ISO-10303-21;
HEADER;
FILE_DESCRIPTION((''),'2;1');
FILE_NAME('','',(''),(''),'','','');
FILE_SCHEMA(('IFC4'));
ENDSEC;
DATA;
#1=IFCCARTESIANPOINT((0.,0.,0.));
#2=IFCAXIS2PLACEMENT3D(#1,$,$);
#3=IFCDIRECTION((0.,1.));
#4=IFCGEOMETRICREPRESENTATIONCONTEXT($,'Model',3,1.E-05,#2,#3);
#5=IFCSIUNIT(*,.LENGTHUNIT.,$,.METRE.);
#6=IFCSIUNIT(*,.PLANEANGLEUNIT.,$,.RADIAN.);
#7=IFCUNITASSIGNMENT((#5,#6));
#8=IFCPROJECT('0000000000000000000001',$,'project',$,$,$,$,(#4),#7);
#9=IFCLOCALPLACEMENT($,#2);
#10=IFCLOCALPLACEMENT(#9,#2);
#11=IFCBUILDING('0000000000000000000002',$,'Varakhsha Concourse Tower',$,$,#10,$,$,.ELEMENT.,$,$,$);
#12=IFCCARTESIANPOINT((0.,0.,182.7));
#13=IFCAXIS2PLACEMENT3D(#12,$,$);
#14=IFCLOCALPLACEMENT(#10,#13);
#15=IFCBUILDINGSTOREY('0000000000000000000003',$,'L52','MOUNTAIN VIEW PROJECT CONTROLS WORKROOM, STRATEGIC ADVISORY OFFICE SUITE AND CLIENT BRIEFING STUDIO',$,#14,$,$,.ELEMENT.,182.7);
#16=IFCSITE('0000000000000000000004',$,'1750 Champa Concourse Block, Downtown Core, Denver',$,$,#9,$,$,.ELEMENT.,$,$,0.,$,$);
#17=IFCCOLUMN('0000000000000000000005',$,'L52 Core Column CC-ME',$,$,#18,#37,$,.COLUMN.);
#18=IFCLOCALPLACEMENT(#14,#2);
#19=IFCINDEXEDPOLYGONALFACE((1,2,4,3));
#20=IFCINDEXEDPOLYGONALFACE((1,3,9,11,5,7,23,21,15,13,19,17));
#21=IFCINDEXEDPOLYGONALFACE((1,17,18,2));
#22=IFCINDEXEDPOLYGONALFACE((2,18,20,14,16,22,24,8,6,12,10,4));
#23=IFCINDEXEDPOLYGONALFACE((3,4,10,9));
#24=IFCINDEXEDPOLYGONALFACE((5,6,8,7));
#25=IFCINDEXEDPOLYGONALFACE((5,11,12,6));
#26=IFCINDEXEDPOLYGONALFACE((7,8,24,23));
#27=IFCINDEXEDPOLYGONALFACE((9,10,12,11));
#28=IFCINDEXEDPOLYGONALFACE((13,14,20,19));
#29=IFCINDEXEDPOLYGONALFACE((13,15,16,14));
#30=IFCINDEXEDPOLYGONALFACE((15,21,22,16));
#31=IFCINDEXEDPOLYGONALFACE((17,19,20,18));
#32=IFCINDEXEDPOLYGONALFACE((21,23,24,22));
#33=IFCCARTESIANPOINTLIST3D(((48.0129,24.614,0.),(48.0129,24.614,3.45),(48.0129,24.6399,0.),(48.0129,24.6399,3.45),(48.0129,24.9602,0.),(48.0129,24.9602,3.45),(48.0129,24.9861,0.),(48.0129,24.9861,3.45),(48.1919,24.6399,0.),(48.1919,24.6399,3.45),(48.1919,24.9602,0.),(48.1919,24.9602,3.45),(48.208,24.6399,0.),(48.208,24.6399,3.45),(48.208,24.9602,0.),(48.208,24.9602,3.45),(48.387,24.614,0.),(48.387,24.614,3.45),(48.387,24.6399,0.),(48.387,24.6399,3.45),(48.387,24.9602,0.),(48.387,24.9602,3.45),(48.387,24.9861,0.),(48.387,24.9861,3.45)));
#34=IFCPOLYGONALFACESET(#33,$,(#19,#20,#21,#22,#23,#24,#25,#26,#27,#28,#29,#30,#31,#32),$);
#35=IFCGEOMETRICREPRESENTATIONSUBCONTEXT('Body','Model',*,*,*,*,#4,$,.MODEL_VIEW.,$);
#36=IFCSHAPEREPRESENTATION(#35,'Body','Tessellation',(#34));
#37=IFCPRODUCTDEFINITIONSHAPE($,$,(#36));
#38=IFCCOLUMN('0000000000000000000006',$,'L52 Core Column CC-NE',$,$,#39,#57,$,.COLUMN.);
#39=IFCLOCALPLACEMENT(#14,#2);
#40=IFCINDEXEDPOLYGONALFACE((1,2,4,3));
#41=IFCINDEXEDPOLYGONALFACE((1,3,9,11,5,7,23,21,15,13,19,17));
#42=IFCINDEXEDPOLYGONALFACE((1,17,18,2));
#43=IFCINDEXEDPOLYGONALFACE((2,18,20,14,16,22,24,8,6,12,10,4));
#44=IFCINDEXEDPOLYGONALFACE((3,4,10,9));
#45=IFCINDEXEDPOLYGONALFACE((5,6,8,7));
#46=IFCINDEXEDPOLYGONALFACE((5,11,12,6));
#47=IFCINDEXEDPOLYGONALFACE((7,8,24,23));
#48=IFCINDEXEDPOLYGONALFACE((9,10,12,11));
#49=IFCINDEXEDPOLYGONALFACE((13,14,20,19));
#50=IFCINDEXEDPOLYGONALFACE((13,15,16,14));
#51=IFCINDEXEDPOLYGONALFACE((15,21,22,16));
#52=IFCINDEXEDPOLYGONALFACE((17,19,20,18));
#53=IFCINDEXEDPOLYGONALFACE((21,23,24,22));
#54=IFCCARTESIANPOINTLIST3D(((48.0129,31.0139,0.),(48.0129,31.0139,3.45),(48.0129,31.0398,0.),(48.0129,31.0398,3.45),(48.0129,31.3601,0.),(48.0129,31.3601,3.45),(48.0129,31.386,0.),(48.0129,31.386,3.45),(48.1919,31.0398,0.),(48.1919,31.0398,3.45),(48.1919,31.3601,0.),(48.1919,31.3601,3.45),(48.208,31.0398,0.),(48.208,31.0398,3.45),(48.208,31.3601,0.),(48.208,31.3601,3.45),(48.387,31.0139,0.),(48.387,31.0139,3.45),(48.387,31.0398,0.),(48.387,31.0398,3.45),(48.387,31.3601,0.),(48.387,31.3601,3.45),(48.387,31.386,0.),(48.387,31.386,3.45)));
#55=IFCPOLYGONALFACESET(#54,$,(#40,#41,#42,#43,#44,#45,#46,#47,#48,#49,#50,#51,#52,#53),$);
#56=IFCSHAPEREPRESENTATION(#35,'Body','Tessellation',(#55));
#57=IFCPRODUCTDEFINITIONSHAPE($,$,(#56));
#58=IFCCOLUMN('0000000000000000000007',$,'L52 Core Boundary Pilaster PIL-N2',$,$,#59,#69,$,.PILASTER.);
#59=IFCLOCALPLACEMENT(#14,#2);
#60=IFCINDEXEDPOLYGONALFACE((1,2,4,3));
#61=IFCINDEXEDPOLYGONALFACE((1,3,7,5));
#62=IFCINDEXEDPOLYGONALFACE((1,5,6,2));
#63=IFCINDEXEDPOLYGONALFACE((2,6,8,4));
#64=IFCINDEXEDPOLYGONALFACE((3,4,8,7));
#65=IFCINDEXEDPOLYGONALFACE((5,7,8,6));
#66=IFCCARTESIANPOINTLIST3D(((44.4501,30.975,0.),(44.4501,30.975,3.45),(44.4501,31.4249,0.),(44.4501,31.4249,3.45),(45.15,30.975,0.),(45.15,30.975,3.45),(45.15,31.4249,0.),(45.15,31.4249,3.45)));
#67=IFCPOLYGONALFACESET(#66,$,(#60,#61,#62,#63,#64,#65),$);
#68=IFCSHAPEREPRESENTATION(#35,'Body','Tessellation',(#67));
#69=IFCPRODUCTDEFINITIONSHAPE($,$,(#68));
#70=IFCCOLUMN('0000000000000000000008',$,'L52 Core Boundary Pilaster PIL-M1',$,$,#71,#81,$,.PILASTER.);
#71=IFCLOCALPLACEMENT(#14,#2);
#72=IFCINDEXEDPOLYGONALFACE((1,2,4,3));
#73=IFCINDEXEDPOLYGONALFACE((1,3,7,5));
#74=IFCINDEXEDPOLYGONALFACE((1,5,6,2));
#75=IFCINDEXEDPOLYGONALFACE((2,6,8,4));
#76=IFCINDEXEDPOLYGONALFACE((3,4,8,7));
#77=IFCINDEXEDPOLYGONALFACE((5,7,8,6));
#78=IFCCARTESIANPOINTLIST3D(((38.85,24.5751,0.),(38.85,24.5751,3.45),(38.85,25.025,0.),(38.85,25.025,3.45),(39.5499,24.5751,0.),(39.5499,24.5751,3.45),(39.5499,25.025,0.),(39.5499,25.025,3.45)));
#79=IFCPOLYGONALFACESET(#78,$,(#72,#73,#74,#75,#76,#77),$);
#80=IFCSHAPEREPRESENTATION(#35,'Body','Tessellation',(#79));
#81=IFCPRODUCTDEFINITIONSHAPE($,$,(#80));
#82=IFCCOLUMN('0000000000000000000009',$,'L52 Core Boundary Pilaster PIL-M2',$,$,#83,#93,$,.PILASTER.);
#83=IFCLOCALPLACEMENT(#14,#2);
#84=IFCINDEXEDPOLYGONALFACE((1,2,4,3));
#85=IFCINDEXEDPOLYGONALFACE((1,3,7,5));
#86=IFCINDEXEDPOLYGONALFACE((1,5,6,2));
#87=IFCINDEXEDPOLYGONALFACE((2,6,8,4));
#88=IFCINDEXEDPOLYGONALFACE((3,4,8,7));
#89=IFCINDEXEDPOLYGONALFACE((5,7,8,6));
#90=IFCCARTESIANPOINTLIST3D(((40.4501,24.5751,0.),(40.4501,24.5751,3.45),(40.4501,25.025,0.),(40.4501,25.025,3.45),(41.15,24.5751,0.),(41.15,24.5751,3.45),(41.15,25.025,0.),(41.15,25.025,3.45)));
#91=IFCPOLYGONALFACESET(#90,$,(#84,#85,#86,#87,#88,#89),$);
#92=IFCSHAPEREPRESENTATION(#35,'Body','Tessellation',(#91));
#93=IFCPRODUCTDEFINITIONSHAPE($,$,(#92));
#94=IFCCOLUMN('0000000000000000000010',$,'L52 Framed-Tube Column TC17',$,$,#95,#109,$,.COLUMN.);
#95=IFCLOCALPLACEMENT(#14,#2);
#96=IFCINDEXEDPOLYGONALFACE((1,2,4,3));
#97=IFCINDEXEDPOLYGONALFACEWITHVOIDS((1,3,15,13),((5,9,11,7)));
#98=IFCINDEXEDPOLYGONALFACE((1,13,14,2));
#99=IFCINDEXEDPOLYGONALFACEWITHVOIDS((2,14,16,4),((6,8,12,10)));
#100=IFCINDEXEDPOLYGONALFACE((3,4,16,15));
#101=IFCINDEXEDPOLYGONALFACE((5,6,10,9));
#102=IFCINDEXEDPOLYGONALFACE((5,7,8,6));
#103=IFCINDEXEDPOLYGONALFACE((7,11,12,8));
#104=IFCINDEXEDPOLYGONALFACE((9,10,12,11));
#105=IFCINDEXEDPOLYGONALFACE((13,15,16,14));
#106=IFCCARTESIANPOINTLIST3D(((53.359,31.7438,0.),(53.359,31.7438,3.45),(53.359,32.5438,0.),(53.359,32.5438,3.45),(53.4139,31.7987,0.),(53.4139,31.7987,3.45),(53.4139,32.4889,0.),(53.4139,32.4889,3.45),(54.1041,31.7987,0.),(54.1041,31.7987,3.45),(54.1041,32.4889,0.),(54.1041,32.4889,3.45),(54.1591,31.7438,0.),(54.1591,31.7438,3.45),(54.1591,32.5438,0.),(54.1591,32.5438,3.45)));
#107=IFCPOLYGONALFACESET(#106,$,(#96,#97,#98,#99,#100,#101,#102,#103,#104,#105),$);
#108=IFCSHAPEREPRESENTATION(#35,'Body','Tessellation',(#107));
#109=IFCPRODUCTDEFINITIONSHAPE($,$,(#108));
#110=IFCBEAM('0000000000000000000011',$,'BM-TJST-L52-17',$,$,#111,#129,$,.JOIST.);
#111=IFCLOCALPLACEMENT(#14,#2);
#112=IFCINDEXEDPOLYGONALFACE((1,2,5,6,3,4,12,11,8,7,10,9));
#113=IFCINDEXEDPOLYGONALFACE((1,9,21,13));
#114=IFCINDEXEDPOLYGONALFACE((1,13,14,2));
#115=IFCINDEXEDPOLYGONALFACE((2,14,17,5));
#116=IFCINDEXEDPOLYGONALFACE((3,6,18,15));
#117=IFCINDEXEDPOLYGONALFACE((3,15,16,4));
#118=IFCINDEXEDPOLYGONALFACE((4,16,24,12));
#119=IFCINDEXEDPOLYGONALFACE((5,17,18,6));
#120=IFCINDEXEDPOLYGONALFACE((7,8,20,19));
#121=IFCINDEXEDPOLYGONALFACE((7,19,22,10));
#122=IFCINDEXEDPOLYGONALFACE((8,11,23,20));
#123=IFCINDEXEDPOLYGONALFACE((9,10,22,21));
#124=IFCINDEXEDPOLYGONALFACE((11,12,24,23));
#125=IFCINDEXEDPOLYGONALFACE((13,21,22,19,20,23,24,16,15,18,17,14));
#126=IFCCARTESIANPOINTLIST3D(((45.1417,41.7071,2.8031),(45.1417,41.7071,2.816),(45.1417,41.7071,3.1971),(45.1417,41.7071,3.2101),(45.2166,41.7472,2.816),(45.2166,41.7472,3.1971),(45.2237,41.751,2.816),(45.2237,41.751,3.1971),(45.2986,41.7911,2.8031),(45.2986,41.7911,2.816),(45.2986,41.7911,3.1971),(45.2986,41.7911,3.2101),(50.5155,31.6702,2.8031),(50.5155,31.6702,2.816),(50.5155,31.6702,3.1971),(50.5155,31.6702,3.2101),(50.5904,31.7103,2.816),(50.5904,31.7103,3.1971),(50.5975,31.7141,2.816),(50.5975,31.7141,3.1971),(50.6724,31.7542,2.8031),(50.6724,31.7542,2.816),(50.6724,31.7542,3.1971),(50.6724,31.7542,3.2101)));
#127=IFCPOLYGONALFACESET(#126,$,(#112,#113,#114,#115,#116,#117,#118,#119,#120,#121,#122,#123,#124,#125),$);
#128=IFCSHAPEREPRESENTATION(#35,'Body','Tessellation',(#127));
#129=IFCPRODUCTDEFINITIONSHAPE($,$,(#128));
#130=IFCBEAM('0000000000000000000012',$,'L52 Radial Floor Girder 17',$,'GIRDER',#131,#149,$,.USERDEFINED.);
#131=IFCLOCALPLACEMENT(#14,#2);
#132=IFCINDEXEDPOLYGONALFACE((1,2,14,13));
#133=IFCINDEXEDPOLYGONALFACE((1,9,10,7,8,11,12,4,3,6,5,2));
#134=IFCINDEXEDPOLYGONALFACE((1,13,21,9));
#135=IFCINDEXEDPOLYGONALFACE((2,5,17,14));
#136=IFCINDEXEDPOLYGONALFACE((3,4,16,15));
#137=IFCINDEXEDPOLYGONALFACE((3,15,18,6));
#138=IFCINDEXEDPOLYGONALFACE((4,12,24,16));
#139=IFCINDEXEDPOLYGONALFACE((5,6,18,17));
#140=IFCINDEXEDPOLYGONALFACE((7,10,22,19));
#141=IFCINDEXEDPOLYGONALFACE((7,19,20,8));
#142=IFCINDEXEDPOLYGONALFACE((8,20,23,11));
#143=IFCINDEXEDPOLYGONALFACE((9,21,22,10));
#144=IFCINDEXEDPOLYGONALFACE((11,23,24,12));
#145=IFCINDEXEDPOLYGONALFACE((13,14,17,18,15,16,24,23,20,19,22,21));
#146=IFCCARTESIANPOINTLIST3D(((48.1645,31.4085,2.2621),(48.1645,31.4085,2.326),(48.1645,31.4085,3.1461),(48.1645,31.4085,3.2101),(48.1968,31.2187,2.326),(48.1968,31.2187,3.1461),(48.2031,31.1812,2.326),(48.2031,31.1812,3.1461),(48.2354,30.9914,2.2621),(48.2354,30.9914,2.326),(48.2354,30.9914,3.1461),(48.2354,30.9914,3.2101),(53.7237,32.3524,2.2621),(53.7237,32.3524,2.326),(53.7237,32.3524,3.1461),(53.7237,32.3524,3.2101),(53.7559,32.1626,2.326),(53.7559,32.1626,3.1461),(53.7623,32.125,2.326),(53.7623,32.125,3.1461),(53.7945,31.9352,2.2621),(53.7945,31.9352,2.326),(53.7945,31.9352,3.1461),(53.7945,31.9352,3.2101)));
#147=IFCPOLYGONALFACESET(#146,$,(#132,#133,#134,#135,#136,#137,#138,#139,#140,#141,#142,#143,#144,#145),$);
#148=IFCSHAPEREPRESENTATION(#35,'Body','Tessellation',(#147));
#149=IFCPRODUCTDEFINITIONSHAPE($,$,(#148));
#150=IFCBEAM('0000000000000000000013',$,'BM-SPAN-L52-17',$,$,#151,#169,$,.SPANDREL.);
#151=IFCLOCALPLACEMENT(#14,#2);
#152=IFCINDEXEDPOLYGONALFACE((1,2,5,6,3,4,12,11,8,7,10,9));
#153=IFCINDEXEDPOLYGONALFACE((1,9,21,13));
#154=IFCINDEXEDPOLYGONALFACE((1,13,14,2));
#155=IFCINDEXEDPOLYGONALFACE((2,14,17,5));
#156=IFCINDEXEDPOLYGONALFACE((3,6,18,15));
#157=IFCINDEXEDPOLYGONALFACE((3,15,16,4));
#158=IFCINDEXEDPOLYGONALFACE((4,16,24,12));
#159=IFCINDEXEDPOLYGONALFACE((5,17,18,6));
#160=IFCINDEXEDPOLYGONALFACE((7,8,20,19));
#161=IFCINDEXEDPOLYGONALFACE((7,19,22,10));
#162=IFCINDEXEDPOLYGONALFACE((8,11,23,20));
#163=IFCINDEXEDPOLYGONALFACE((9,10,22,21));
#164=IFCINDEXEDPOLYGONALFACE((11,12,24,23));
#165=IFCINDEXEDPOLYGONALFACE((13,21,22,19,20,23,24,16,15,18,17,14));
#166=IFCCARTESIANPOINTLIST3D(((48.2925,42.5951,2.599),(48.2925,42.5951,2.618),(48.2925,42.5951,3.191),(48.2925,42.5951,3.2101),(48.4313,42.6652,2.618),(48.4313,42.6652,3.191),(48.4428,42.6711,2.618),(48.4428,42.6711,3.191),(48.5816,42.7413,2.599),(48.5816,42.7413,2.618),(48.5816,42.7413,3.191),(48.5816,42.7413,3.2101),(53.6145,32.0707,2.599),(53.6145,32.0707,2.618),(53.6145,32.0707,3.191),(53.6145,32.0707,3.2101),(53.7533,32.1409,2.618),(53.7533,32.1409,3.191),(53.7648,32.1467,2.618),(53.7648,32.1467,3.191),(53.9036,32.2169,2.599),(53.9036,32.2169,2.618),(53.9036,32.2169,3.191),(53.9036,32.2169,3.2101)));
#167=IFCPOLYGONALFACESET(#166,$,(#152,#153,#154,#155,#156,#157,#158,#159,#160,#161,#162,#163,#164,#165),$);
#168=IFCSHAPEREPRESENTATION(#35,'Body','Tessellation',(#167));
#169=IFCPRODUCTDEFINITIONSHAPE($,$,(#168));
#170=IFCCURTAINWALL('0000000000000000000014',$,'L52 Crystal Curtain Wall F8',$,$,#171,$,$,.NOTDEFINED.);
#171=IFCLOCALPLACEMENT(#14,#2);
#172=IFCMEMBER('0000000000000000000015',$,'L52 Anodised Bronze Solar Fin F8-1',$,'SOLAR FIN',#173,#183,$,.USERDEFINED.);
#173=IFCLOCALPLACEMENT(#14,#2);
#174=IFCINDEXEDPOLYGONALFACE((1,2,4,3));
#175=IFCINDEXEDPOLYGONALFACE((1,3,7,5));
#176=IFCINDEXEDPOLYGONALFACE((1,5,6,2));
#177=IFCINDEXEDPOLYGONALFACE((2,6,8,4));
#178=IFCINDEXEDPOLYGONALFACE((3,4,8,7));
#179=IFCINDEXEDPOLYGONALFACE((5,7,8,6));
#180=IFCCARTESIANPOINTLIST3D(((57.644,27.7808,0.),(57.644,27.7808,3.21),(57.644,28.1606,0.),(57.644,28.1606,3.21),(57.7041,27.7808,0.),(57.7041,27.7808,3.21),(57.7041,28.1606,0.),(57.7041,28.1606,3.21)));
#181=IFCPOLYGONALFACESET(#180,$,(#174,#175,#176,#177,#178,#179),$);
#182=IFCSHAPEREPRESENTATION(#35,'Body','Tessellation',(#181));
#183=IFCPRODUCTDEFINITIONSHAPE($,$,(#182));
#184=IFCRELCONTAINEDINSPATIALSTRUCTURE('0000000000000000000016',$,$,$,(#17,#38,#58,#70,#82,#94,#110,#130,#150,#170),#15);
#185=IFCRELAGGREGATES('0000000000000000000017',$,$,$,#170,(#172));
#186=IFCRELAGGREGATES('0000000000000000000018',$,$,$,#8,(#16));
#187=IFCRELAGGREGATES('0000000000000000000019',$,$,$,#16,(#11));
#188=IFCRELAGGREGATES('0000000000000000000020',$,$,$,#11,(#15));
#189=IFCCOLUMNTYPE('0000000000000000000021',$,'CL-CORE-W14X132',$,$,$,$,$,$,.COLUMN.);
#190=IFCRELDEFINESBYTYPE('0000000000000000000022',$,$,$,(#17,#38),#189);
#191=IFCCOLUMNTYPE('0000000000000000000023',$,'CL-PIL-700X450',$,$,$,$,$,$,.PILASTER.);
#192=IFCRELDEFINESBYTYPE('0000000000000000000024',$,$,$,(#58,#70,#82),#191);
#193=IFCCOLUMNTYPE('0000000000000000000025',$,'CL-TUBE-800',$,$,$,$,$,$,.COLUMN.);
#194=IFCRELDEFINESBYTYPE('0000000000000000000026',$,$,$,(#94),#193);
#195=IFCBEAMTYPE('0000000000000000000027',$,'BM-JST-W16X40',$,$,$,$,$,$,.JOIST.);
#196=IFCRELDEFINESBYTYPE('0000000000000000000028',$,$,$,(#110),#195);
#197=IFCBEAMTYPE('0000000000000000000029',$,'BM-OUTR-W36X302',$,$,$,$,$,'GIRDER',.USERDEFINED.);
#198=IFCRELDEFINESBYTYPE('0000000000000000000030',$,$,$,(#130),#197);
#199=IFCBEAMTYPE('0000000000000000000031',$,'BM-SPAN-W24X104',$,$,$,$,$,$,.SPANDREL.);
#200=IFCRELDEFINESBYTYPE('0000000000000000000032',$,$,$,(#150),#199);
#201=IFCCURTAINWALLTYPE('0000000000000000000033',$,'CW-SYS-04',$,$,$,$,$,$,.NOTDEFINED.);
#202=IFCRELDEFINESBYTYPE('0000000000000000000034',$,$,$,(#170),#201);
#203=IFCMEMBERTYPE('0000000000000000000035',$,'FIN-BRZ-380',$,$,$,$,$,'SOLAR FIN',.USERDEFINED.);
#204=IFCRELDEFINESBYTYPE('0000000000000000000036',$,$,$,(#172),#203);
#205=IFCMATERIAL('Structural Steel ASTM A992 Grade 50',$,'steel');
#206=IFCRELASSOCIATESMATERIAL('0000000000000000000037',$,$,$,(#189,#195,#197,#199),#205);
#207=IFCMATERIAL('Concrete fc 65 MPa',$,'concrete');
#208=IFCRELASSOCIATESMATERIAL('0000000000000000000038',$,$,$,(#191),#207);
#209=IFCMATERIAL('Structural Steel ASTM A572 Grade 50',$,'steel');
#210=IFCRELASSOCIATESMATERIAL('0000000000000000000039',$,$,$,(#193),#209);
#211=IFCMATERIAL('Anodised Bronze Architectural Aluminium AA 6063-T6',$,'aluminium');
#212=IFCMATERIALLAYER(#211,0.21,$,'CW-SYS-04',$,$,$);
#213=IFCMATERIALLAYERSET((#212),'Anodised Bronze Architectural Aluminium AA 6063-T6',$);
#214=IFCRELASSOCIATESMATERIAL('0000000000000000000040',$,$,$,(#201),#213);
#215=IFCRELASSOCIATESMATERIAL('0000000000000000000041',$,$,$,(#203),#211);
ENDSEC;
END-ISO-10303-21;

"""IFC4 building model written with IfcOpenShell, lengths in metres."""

from ifc_helpers import new_model, si_unit, direction, frame, origin, origin_2d, place, context, subcontext, project, spatial, rectangle, hollow_rectangle, i_section, extrude, source, transform, mapped, material, layer, layer_set, material_profile, profile_set, type_object, type_shapes, element, aggregate, save


model = new_model("IFC4")

# Units and contexts
model_context = context("Model", 3, precision=1e-05, world=origin(), true_north=direction((0.0, 1.0)))
body_context = subcontext(model_context, "Body", "Model", "MODEL_VIEW")
ifc_project = project(units=[si_unit("LENGTHUNIT", "METRE"), si_unit("PLANEANGLEUNIT", "RADIAN")], contexts=[model_context])

# Site, building, storey
site_placement = place(None, origin())
site = spatial("IfcSite", under=ifc_project, at=site_placement, Name="1750 Champa Concourse Block, Downtown Core, Denver", CompositionType="ELEMENT", RefElevation=0.0)
building_placement = place(site_placement, origin())
building = spatial("IfcBuilding", under=site, at=building_placement, Name="Varakhsha Concourse Tower", CompositionType="ELEMENT")
storey_placement = place(building_placement, frame((0.0, 0.0, 182.7)))
storey = spatial("IfcBuildingStorey", under=building, at=storey_placement, Name="L52", Description="MOUNTAIN VIEW PROJECT CONTROLS WORKROOM, STRATEGIC ADVISORY OFFICE SUITE AND CLIENT BRIEFING STUDIO", CompositionType="ELEMENT", Elevation=182.7)

# Columns
ifc_material_1 = material(Name="Structural Steel ASTM A992 Grade 50", Category="steel")
ifc_material_profile_1 = material_profile(ifc_material_1, i_section(OverallWidth=0.374, OverallDepth=0.3721, WebThickness=0.0161, FlangeThickness=0.0259, at=origin_2d()), Name="W14X132")
ifc_profile_set_1 = profile_set([ifc_material_profile_1], Name="Structural Steel ASTM A992 Grade 50")
column_type_1 = type_object("IfcColumnType", Name="CL-CORE-W14X132", PredefinedType="COLUMN", material=ifc_profile_set_1)
for number, where, z_axis, x_axis, name in (
    (1, (48.2, 24.8, 0.0), (0.0, 0.0, 1.0), (1.0, 0.0, 0.0), "L52 Core Column CC-ME"),
    (2, (48.2, 31.2, 0.0), (0.0, 0.0, 1.0), (1.0, 0.0, 0.0), "L52 Core Column CC-NE"),
):
    element("IfcColumn", number, at=place(storey_placement, frame(where, z_axis=z_axis, x_axis=x_axis)), inside=storey, type_object=column_type_1, Name=name, PredefinedType="COLUMN", context=body_context, shape_type="SweptSolid", body=[
        extrude(i_section(OverallWidth=0.374, OverallDepth=0.3721, WebThickness=0.0161, FlangeThickness=0.0259, at=origin_2d()), origin(), (0.0, 0.0, 1.0), 3.45),
    ])
ifc_material_2 = material(Name="Concrete fc 65 MPa", Category="concrete")
ifc_material_profile_2 = material_profile(ifc_material_2, rectangle(XDim=0.7, YDim=0.45, at=origin_2d()), Name="RC 700x450")
ifc_profile_set_2 = profile_set([ifc_material_profile_2], Name="Concrete fc 65 MPa")
column_type_2 = type_object("IfcColumnType", Name="CL-PIL-700X450", PredefinedType="PILASTER", material=ifc_profile_set_2)
for number, where, z_axis, x_axis, name in (
    (3, (44.8, 31.2, 0.0), (0.0, 0.0, 1.0), (1.0, 0.0, 0.0), "L52 Core Boundary Pilaster PIL-N2"),
    (4, (39.2, 24.8, 0.0), (0.0, 0.0, 1.0), (1.0, 0.0, 0.0), "L52 Core Boundary Pilaster PIL-M1"),
    (5, (40.8, 24.8, 0.0), (0.0, 0.0, 1.0), (1.0, 0.0, 0.0), "L52 Core Boundary Pilaster PIL-M2"),
):
    element("IfcColumn", number, at=place(storey_placement, frame(where, z_axis=z_axis, x_axis=x_axis)), inside=storey, type_object=column_type_2, Name=name, PredefinedType="PILASTER", context=body_context, shape_type="SweptSolid", body=[
        extrude(rectangle(XDim=0.7, YDim=0.45, at=origin_2d()), origin(), (0.0, 0.0, 1.0), 3.45),
    ])
ifc_material_3 = material(Name="Structural Steel ASTM A572 Grade 50", Category="steel")
ifc_material_profile_3 = material_profile(ifc_material_3, hollow_rectangle(XDim=0.8, YDim=0.8, WallThickness=0.0549, at=origin_2d()), Name="BOX 800x800x55")
ifc_profile_set_3 = profile_set([ifc_material_profile_3], Name="Structural Steel ASTM A572 Grade 50")
column_type_3 = type_object("IfcColumnType", Name="CL-TUBE-800", PredefinedType="COLUMN", material=ifc_profile_set_3)
column_placement = place(storey_placement, frame((53.759, 32.1438, 0.0), z_axis=(0.0, 0.0, 1.0), x_axis=(1.0, 0.0, 0.0)))
element("IfcColumn", 6, at=column_placement, inside=storey, type_object=column_type_3, Name="L52 Framed-Tube Column TC17", PredefinedType="COLUMN", context=body_context, shape_type="SweptSolid", body=[
    extrude(hollow_rectangle(XDim=0.8, YDim=0.8, WallThickness=0.0549, at=origin_2d()), origin(), (0.0, 0.0, 1.0), 3.45),
])

# Beams
ifc_material_profile_4 = material_profile(ifc_material_1, i_section(OverallWidth=0.178, OverallDepth=0.407, WebThickness=0.0081, FlangeThickness=0.0129, at=origin_2d()), Name="W16X40")
ifc_profile_set_4 = profile_set([ifc_material_profile_4], Name="Structural Steel ASTM A992 Grade 50")
beam_type_1 = type_object("IfcBeamType", Name="BM-JST-W16X40", PredefinedType="JOIST", material=ifc_profile_set_4)
beam_1_placement = place(storey_placement, frame((50.594, 31.7122, 3.0066), z_axis=(-0.472009, 0.881594, 0.0), x_axis=(-0.881594, -0.472009, 0.0)))
element("IfcBeam", 7, at=beam_1_placement, inside=storey, type_object=beam_type_1, Name="BM-TJST-L52-17", PredefinedType="JOIST", context=body_context, shape_type="SweptSolid", body=[
    extrude(i_section(OverallWidth=0.178, OverallDepth=0.407, WebThickness=0.0081, FlangeThickness=0.0129, at=origin_2d()), origin(), (0.0, 0.0, 1.0), 11.385),
])
ifc_material_profile_5 = material_profile(ifc_material_1, i_section(OverallWidth=0.4231, OverallDepth=0.948, WebThickness=0.0381, FlangeThickness=0.064, at=origin_2d()), Name="W36X302")
ifc_profile_set_5 = profile_set([ifc_material_profile_5], Name="Structural Steel ASTM A992 Grade 50")
beam_type_2 = type_object("IfcBeamType", Name="BM-OUTR-W36X302", ElementType="GIRDER", PredefinedType="USERDEFINED", material=ifc_profile_set_5)
beam_2_placement = place(storey_placement, frame((48.2, 31.2, 2.7361), z_axis=(0.985891, 0.167389, 0.0), x_axis=(-0.167389, 0.985891, 0.0)))
element("IfcBeam", 8, at=beam_2_placement, inside=storey, type_object=beam_type_2, Name="L52 Radial Floor Girder 17", ObjectType="GIRDER", PredefinedType="USERDEFINED", context=body_context, shape_type="SweptSolid", body=[
    extrude(i_section(OverallWidth=0.4231, OverallDepth=0.948, WebThickness=0.0381, FlangeThickness=0.064, at=origin_2d()), origin(), (0.0, 0.0, 1.0), 5.6387),
])
ifc_material_profile_6 = material_profile(ifc_material_1, i_section(OverallWidth=0.324, OverallDepth=0.6111, WebThickness=0.0129, FlangeThickness=0.019, at=origin_2d()), Name="W24X104")
ifc_profile_set_6 = profile_set([ifc_material_profile_6], Name="Structural Steel ASTM A992 Grade 50")
beam_type_3 = type_object("IfcBeamType", Name="BM-SPAN-W24X104", PredefinedType="SPANDREL", material=ifc_profile_set_6)
beam_3_placement = place(storey_placement, frame((53.759, 32.1438, 2.9045), z_axis=(-0.451266, 0.892389, 0.0), x_axis=(-0.892389, -0.451266, 0.0)))
element("IfcBeam", 9, at=beam_3_placement, inside=storey, type_object=beam_type_3, Name="BM-SPAN-L52-17", PredefinedType="SPANDREL", context=body_context, shape_type="SweptSolid", body=[
    extrude(i_section(OverallWidth=0.324, OverallDepth=0.6111, WebThickness=0.0129, FlangeThickness=0.019, at=origin_2d()), origin(), (0.0, 0.0, 1.0), 11.7935),
])

# Curtain wall, member
ifc_material_4 = material(Name="Anodised Bronze Architectural Aluminium AA 6063-T6", Category="aluminium")
ifc_layer_1 = layer(ifc_material_4, 0.21, Name="CW-SYS-04")
ifc_layer_set_1 = layer_set([ifc_layer_1], Name="Anodised Bronze Architectural Aluminium AA 6063-T6")
curtain_wall_type = type_object("IfcCurtainWallType", Name="CW-SYS-04", PredefinedType="NOTDEFINED", material=ifc_layer_set_1)
curtain_wall_1_placement = place(storey_placement, origin())
curtain_wall_1 = element("IfcCurtainWall", 10, at=curtain_wall_1_placement, inside=storey, type_object=curtain_wall_type, Name="L52 Crystal Curtain Wall F8", PredefinedType="NOTDEFINED")
ifc_material_profile_7 = material_profile(ifc_material_4, rectangle(XDim=0.0601, YDim=0.3799, at=origin_2d()), Name="FIN-BRZ-380")
ifc_profile_set_7 = profile_set([ifc_material_profile_7], Name="Anodised Bronze Architectural Aluminium AA 6063-T6")
member_type_1 = type_object("IfcMemberType", Name="FIN-BRZ-380", ElementType="SOLAR FIN", PredefinedType="USERDEFINED", material=ifc_profile_set_7)
shared_shape_1 = source(origin(), body_context, "Body", "SweptSolid", [
    extrude(rectangle(XDim=0.0601, YDim=0.3799, at=origin_2d()), origin(), (0.0, 0.0, 1.0), 3.21),
])
type_shapes(member_type_1, [shared_shape_1])
member_1_placement = place(storey_placement, frame((57.6741, 27.9707, 0.0), z_axis=(0.0, 0.0, 1.0), x_axis=(1.0, 0.0, 0.0)))
member_1 = element("IfcMember", 11, at=member_1_placement, type_object=member_type_1, Name="L52 Anodised Bronze Solar Fin F8-1", ObjectType="SOLAR FIN", PredefinedType="USERDEFINED", context=body_context, shape_type="MappedRepresentation", body=[
    mapped(shared_shape_1, transform((0.0, 0.0, 0.0), scale=1.0)),
])

aggregate(curtain_wall_1, [member_1])

save(model, "model.ifc")
